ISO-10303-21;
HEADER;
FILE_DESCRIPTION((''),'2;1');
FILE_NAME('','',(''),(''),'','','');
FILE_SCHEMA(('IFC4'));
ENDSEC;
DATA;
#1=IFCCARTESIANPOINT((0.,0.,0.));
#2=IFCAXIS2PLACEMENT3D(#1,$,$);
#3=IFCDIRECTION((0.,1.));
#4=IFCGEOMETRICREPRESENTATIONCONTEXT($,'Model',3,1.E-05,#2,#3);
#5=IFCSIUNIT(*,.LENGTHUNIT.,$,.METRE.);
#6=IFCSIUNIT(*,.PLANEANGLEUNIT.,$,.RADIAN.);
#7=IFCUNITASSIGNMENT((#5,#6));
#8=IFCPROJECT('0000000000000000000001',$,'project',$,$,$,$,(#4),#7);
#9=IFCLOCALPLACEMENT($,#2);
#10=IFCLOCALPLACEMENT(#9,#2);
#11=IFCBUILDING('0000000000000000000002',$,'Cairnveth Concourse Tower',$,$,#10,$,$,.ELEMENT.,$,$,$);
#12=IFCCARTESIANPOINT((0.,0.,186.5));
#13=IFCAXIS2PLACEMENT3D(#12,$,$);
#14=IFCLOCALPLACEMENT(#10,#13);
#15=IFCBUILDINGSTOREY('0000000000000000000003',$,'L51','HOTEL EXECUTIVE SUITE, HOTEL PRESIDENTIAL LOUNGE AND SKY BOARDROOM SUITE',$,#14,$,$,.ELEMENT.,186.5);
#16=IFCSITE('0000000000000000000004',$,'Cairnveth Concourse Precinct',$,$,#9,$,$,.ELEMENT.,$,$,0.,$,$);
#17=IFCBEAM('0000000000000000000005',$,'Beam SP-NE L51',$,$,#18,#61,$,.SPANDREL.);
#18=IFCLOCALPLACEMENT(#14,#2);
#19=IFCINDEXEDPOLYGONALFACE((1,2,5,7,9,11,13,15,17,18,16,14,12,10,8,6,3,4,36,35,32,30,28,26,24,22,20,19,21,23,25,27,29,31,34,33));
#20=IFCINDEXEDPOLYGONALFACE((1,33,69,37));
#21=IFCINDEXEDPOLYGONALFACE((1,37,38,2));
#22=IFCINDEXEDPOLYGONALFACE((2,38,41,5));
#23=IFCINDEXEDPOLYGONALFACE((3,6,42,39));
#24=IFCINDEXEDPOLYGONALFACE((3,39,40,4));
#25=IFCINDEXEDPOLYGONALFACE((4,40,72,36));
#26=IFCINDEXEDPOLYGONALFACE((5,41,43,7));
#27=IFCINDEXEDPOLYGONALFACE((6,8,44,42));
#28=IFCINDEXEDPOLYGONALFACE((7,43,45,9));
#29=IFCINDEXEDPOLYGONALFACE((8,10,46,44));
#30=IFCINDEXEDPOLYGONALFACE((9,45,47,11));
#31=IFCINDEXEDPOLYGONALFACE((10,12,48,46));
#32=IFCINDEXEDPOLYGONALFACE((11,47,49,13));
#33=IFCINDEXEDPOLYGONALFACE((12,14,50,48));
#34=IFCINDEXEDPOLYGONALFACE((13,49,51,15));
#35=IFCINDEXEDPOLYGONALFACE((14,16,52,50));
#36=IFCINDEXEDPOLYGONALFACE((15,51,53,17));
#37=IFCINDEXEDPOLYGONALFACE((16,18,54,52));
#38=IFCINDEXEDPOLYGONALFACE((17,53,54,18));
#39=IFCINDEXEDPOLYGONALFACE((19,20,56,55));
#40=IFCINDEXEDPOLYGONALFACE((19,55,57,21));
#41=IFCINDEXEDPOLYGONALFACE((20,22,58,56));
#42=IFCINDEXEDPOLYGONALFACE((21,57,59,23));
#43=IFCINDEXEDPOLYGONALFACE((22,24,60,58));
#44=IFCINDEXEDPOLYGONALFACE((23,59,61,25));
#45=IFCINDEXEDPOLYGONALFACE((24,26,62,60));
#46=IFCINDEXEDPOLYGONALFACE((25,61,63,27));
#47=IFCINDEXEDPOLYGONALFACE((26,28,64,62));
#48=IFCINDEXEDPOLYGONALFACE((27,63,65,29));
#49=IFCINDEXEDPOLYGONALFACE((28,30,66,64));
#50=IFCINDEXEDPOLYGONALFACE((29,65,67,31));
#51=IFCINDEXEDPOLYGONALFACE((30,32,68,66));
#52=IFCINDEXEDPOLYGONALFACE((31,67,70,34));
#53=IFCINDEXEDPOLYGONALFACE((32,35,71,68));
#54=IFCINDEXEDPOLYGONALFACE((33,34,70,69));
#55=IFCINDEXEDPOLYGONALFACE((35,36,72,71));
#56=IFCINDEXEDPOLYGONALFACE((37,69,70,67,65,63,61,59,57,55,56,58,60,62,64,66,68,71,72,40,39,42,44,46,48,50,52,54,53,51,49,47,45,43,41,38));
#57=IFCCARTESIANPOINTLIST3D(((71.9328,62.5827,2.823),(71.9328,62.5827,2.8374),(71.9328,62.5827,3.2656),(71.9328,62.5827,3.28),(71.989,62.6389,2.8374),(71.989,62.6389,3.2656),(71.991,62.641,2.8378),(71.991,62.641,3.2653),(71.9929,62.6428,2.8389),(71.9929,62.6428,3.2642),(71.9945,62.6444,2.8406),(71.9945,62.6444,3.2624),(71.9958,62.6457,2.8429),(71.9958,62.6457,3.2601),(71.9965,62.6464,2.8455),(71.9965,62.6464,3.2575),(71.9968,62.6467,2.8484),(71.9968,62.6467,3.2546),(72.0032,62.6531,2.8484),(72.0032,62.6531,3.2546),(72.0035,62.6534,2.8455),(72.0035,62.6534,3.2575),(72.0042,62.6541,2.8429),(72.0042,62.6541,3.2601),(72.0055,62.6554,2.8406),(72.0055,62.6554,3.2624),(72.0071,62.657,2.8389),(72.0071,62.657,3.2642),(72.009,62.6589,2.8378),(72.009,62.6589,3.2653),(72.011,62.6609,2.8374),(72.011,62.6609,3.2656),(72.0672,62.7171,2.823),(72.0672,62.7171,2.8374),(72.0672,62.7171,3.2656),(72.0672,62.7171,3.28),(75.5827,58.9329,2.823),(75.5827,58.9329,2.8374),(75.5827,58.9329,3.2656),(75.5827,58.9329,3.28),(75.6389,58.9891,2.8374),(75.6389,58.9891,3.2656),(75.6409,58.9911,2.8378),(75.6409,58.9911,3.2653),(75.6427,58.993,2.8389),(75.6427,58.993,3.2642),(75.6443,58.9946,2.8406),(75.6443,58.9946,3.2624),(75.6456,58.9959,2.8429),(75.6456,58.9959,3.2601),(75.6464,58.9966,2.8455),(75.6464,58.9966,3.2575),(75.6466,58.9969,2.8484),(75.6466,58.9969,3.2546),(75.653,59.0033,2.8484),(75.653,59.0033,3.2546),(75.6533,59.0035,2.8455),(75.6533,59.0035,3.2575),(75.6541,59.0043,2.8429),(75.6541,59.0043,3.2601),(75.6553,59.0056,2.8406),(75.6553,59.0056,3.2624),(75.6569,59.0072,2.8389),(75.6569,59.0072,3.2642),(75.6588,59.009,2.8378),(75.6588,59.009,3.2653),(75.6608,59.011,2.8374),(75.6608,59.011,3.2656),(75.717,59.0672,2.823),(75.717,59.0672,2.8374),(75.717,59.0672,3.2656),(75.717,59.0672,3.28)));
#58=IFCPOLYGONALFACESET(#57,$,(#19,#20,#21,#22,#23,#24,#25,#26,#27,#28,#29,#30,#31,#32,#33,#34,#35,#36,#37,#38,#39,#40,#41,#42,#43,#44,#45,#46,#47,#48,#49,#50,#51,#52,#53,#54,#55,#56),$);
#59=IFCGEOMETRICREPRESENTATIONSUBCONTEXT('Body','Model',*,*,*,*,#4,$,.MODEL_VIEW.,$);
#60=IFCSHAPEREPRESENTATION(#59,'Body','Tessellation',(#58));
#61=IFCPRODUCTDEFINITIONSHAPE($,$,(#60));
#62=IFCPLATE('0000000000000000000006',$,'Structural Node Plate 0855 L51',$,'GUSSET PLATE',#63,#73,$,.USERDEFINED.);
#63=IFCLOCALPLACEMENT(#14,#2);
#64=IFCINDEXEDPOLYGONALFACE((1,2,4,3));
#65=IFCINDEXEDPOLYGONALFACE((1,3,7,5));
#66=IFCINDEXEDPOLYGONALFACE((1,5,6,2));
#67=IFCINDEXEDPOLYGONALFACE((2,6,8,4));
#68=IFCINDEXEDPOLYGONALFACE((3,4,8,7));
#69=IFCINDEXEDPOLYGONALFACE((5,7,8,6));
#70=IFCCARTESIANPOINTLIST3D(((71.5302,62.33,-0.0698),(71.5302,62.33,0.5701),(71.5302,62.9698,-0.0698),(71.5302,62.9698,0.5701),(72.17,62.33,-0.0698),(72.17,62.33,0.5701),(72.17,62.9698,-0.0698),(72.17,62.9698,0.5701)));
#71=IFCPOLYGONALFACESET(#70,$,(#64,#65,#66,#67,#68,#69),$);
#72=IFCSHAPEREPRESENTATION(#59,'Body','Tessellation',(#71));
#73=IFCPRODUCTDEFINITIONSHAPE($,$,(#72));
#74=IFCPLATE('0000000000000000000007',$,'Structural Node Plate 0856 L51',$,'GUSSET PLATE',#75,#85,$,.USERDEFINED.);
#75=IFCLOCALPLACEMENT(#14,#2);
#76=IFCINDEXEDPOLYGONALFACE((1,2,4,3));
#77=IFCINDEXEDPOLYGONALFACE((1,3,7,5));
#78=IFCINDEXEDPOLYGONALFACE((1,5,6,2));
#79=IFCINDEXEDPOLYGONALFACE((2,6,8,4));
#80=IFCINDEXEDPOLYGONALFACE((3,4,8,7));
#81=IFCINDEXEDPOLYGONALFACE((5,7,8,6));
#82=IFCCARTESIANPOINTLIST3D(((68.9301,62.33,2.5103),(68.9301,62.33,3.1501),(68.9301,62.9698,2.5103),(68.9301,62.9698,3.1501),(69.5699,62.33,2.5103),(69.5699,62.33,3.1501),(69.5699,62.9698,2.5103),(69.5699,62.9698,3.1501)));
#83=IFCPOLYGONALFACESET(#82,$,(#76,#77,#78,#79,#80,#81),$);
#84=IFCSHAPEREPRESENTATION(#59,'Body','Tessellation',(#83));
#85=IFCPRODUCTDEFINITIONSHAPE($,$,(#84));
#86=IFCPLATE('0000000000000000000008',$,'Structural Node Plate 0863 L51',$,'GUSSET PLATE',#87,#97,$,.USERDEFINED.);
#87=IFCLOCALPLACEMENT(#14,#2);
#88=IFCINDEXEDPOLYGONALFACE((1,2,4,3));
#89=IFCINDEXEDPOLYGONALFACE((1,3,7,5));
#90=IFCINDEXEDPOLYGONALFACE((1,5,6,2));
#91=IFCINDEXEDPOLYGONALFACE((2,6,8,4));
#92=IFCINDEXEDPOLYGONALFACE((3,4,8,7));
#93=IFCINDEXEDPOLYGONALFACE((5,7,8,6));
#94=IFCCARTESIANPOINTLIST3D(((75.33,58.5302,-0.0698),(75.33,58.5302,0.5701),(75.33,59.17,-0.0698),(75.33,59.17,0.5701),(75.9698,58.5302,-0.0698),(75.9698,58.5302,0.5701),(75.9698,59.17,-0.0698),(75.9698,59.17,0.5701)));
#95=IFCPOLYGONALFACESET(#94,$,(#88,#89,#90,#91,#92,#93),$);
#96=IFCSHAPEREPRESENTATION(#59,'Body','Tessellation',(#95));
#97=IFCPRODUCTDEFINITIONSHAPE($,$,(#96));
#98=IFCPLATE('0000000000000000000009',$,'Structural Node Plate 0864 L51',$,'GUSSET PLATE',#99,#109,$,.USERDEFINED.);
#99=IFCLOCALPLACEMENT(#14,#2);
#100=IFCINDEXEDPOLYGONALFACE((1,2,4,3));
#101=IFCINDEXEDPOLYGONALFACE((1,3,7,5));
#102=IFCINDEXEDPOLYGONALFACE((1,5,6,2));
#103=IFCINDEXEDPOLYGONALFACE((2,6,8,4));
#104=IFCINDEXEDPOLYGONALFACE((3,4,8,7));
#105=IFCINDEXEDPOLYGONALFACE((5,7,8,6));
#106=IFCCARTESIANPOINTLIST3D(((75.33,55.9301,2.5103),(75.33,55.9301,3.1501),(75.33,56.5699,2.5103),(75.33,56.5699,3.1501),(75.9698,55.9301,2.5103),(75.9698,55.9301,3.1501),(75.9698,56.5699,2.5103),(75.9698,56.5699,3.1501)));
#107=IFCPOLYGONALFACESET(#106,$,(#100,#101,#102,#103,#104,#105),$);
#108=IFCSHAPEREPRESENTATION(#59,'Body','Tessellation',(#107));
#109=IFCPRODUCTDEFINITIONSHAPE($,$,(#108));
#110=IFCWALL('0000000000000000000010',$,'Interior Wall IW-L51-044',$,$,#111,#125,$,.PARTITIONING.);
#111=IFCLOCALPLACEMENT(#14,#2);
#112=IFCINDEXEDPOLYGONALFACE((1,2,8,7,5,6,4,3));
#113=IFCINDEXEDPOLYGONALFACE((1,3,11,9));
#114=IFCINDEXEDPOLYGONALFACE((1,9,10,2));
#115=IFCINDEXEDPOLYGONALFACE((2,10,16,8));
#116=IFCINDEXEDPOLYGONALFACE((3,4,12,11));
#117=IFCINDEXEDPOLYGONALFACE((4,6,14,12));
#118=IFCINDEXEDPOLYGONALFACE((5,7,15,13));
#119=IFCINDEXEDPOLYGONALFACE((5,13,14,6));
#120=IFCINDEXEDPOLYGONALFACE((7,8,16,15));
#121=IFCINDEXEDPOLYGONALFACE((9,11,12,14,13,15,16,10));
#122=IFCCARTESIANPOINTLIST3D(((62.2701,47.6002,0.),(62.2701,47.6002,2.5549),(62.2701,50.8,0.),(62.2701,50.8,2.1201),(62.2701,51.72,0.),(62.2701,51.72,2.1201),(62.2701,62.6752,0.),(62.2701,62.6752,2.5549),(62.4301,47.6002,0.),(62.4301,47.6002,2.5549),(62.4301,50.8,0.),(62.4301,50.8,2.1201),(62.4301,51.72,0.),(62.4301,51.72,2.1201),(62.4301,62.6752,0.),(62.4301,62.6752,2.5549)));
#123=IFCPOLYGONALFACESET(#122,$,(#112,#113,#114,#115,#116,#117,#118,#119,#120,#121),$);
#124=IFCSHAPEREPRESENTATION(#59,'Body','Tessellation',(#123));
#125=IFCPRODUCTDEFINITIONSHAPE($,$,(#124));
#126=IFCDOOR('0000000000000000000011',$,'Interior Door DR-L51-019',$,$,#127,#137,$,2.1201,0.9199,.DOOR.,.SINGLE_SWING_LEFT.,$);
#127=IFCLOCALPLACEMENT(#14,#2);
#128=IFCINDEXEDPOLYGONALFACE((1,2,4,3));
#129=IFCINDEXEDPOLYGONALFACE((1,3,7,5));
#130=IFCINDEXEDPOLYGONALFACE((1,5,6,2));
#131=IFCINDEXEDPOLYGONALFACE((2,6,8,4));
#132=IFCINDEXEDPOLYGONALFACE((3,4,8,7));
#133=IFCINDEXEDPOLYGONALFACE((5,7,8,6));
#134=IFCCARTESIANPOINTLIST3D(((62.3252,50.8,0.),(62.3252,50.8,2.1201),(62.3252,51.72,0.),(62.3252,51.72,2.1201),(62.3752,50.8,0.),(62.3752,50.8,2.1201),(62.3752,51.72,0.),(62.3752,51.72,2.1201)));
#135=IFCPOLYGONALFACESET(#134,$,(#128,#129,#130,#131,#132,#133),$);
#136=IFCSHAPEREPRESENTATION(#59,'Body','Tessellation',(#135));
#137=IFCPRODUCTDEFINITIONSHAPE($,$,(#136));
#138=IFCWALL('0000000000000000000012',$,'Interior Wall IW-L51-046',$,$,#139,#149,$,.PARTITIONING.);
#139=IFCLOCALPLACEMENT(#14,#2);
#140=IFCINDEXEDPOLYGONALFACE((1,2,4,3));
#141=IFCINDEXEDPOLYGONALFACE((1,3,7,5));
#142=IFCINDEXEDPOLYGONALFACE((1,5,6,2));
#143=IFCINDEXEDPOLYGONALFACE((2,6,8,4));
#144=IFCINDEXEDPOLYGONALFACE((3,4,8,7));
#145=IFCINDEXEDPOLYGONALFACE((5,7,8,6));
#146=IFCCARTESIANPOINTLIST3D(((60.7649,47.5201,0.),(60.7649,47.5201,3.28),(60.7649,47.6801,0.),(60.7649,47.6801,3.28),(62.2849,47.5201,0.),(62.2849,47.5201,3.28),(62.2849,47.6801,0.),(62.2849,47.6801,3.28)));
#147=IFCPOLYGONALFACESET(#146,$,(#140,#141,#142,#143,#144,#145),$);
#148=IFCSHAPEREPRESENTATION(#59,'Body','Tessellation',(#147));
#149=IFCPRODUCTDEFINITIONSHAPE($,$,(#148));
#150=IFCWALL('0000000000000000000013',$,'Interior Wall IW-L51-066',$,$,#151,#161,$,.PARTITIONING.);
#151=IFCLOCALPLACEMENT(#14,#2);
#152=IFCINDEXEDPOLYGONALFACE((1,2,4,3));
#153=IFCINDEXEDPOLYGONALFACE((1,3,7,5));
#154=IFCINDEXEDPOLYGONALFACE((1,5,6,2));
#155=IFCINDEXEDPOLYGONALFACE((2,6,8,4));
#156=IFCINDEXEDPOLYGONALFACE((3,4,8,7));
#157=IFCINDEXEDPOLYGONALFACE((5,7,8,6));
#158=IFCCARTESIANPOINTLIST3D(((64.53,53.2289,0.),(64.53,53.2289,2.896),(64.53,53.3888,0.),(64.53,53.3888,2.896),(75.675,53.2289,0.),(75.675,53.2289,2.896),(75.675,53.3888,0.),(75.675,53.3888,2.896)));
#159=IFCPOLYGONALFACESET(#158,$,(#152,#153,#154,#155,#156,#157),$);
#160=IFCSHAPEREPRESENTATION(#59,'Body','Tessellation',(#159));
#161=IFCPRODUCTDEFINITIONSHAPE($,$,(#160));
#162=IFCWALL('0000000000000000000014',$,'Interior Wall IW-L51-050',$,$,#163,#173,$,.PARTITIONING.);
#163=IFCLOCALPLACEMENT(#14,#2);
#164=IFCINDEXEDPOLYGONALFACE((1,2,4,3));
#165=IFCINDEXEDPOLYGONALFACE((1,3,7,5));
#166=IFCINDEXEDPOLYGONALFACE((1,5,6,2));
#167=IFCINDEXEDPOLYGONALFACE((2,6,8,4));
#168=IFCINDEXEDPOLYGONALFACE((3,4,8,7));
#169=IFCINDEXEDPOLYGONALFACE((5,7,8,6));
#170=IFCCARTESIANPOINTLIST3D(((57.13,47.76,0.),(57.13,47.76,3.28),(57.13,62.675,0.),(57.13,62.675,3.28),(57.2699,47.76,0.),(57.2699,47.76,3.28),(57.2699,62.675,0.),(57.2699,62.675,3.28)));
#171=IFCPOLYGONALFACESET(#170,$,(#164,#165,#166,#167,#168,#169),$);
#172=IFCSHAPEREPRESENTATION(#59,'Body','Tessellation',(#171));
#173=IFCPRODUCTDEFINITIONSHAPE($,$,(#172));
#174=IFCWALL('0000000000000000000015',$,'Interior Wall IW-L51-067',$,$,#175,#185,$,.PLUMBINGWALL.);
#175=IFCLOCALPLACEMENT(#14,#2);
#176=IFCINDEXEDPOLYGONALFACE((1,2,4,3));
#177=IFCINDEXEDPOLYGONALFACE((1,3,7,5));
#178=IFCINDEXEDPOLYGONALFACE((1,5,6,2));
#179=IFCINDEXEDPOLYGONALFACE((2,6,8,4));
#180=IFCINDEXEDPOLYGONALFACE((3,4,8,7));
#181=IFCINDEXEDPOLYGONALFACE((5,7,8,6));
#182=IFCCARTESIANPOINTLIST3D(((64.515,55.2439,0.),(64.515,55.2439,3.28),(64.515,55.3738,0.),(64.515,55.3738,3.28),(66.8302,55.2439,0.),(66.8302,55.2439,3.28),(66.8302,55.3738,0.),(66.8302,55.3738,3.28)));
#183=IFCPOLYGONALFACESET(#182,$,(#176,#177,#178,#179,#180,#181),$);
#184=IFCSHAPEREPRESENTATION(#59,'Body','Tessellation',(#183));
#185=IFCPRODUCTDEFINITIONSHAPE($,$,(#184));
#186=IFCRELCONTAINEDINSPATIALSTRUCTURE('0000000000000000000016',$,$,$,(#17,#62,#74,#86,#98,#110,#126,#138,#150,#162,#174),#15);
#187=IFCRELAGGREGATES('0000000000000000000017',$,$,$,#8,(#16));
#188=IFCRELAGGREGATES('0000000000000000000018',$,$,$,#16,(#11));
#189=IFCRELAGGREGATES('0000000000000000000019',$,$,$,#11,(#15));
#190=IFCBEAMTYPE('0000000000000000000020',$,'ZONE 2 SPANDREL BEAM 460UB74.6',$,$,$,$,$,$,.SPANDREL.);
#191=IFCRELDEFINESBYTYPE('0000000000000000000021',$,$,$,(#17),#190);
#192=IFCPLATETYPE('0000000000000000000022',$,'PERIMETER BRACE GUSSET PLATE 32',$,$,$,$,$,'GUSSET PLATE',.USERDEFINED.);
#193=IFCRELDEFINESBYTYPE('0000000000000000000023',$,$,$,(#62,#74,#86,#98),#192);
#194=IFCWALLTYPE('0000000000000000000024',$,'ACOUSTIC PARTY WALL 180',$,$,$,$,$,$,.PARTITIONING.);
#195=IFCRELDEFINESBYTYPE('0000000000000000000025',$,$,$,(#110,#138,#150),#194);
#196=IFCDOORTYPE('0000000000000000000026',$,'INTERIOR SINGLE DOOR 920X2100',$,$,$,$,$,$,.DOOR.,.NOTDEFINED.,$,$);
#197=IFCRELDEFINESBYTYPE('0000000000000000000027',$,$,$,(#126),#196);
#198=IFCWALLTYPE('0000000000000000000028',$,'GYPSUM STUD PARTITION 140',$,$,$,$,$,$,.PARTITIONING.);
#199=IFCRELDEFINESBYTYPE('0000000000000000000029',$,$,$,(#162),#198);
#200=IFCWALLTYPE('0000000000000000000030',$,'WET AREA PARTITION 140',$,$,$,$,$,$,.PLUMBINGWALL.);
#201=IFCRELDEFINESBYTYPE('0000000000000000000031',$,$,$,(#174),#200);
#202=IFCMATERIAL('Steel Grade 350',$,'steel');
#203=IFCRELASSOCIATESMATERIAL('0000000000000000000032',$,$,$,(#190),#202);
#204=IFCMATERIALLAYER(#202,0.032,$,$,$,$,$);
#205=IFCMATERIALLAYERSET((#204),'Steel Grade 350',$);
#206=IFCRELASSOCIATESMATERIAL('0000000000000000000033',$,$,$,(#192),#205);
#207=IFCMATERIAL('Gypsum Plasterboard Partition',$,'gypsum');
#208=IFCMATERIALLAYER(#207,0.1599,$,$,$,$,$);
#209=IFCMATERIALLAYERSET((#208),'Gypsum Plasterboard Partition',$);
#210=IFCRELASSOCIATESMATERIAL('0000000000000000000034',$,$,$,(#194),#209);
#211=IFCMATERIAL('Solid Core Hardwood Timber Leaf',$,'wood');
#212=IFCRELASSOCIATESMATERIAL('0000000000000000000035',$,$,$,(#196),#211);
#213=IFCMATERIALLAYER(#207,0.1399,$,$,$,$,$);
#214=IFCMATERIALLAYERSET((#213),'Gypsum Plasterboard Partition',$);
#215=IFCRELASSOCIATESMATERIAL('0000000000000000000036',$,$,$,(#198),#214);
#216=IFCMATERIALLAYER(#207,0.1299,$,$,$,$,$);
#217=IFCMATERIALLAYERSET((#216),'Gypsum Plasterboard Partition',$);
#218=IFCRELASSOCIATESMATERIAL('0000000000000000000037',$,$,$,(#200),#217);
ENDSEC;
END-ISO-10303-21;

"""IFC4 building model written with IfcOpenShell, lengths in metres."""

from ifc_helpers import new_model, si_unit, direction, frame, frame_2d, origin, origin_2d, place, context, subcontext, project, spatial, rectangle, i_section, extrude, material, layer, layer_set, material_profile, profile_set, type_object, element, fill, save


model = new_model("IFC4")

# Units and contexts
model_context = context("Model", 3, precision=1e-05, world=origin(), true_north=direction((0.0, 1.0)))
body_context = subcontext(model_context, "Body", "Model", "MODEL_VIEW")
ifc_project = project(units=[si_unit("LENGTHUNIT", "METRE"), si_unit("PLANEANGLEUNIT", "RADIAN")], contexts=[model_context])

# Site, building, storey
site_placement = place(None, origin())
site = spatial("IfcSite", under=ifc_project, at=site_placement, Name="Cairnveth Concourse Precinct", CompositionType="ELEMENT", RefElevation=0.0)
building_placement = place(site_placement, origin())
building = spatial("IfcBuilding", under=site, at=building_placement, Name="Cairnveth Concourse Tower", CompositionType="ELEMENT")
storey_placement = place(building_placement, frame((0.0, 0.0, 186.5)))
storey = spatial("IfcBuildingStorey", under=building, at=storey_placement, Name="L51", Description="HOTEL EXECUTIVE SUITE, HOTEL PRESIDENTIAL LOUNGE AND SKY BOARDROOM SUITE", CompositionType="ELEMENT", Elevation=186.5)

# Shared definitions
ifc_material_1 = material(Name="Steel Grade 350", Category="steel")

# Beam
ifc_material_profile_1 = material_profile(ifc_material_1, i_section(OverallWidth=0.1899, OverallDepth=0.457, WebThickness=0.009, FlangeThickness=0.0144, FilletRadius=0.011, at=origin_2d()), Name="460UB74.6")
ifc_profile_set_1 = profile_set([ifc_material_profile_1], Name="Steel Grade 350")
beam_type_1 = type_object("IfcBeamType", Name="ZONE 2 SPANDREL BEAM 460UB74.6", PredefinedType="SPANDREL", material=ifc_profile_set_1)
beam_1_placement = place(storey_placement, frame((72.0, 62.6499, 3.0515), z_axis=(0.707107, -0.707107, 0.0), x_axis=(0.707107, 0.707107, 0.0)))
element("IfcBeam", 1, at=beam_1_placement, inside=storey, type_object=beam_type_1, Name="Beam SP-NE L51", PredefinedType="SPANDREL", context=body_context, shape_type="SweptSolid", body=[
    extrude(i_section(OverallWidth=0.1899, OverallDepth=0.457, WebThickness=0.009, FlangeThickness=0.0144, FilletRadius=0.011, at=origin_2d()), origin(), (0.0, 0.0, 1.0), 5.1616),
])

# Plates
ifc_layer_1 = layer(ifc_material_1, 0.032)
ifc_layer_set_1 = layer_set([ifc_layer_1], Name="Steel Grade 350")
plate_type = type_object("IfcPlateType", Name="PERIMETER BRACE GUSSET PLATE 32", ElementType="GUSSET PLATE", PredefinedType="USERDEFINED", material=ifc_layer_set_1)
for number, where, z_axis, x_axis, name in (
    (2, (71.8501, 62.6499, -0.0698), (0.0, 0.0, 1.0), (1.0, 0.0, 0.0), "Structural Node Plate 0855 L51"),
    (3, (69.25, 62.6499, 2.5103), (0.0, 0.0, 1.0), (1.0, 0.0, 0.0), "Structural Node Plate 0856 L51"),
    (4, (75.6499, 58.8501, -0.0698), (0.0, 0.0, 1.0), (1.0, 0.0, 0.0), "Structural Node Plate 0863 L51"),
    (5, (75.6499, 56.25, 2.5103), (0.0, 0.0, 1.0), (1.0, 0.0, 0.0), "Structural Node Plate 0864 L51"),
):
    element("IfcPlate", number, at=place(storey_placement, frame(where, z_axis=z_axis, x_axis=x_axis)), inside=storey, type_object=plate_type, Name=name, ObjectType="GUSSET PLATE", PredefinedType="USERDEFINED", context=body_context, shape_type="SweptSolid", body=[
        extrude(rectangle(XDim=0.6399, YDim=0.6399, at=origin_2d()), origin(), (0.0, 0.0, 1.0), 0.6399),
    ])

# Wall, opening, door
ifc_material_2 = material(Name="Gypsum Plasterboard Partition", Category="gypsum")
ifc_layer_2 = layer(ifc_material_2, 0.1599)
ifc_layer_set_2 = layer_set([ifc_layer_2], Name="Gypsum Plasterboard Partition")
wall_type_1 = type_object("IfcWallType", Name="ACOUSTIC PARTY WALL 180", PredefinedType="PARTITIONING", material=ifc_layer_set_2)
wall_1_placement = place(storey_placement, frame((62.3501, 47.6001, 0.0), z_axis=(0.0, 0.0, 1.0), x_axis=(0.0, 1.0, 0.0)))
wall_1 = element("IfcWall", 6, at=wall_1_placement, inside=storey, type_object=wall_type_1, Name="Interior Wall IW-L51-044", PredefinedType="PARTITIONING", context=body_context, shape_type="SweptSolid", body=[
    extrude(rectangle(XDim=15.075, YDim=0.1599, at=frame_2d((7.5376, 0.0))), origin(), (0.0, 0.0, 1.0), 2.5549),
])
opening_1_placement = place(wall_1_placement, frame((3.2, 0.0, 0.0)))
opening_1 = element("IfcOpeningElement", 7, at=opening_1_placement, cuts=wall_1, PredefinedType="OPENING", context=body_context, shape_type="SweptSolid", body=[
    extrude(rectangle(XDim=0.9199, YDim=2.1201, at=frame_2d((0.46, 1.0601))), frame((0.0, 0.0898, 0.0), z_axis=(0.0, -1.0, 0.0), x_axis=(1.0, 0.0, 0.0)), (0.0, 0.0, 1.0), 0.1799),
])
ifc_material_3 = material(Name="Solid Core Hardwood Timber Leaf", Category="wood")
door_type_1 = type_object("IfcDoorType", Name="INTERIOR SINGLE DOOR 920X2100", OperationType="NOTDEFINED", PredefinedType="DOOR", material=ifc_material_3)
door_1_placement = place(opening_1_placement, origin())
door_1 = element("IfcDoor", 8, at=door_1_placement, inside=storey, type_object=door_type_1, Name="Interior Door DR-L51-019", OperationType="SINGLE_SWING_LEFT", OverallHeight=2.1201, OverallWidth=0.9199, PredefinedType="DOOR", context=body_context, shape_type="SweptSolid", body=[
    extrude(rectangle(XDim=0.9199, YDim=2.1201, at=frame_2d((0.46, 1.0601))), frame((0.0, 0.0249, 0.0), z_axis=(0.0, -1.0, 0.0), x_axis=(1.0, 0.0, 0.0)), (0.0, 0.0, 1.0), 0.05),
])
fill(opening_1, door_1)

# Walls
wall_2_placement = place(storey_placement, frame((60.7649, 47.6001, 0.0), z_axis=(0.0, 0.0, 1.0), x_axis=(1.0, 0.0, 0.0)))
element("IfcWall", 9, at=wall_2_placement, inside=storey, type_object=wall_type_1, Name="Interior Wall IW-L51-046", PredefinedType="PARTITIONING", context=body_context, shape_type="SweptSolid", body=[
    extrude(rectangle(XDim=1.52, YDim=0.1599, at=frame_2d((0.76, 0.0))), origin(), (0.0, 0.0, 1.0), 3.28),
])
wall_3_placement = place(storey_placement, frame((64.53, 53.3088, 0.0), z_axis=(0.0, 0.0, 1.0), x_axis=(1.0, 0.0, 0.0)))
element("IfcWall", 10, at=wall_3_placement, inside=storey, type_object=wall_type_1, Name="Interior Wall IW-L51-066", PredefinedType="PARTITIONING", context=body_context, shape_type="SweptSolid", body=[
    extrude(rectangle(XDim=11.145, YDim=0.1599, at=frame_2d((5.5725, 0.0))), origin(), (0.0, 0.0, 1.0), 2.896),
])
ifc_layer_3 = layer(ifc_material_2, 0.1399)
ifc_layer_set_3 = layer_set([ifc_layer_3], Name="Gypsum Plasterboard Partition")
wall_type_2 = type_object("IfcWallType", Name="GYPSUM STUD PARTITION 140", PredefinedType="PARTITIONING", material=ifc_layer_set_3)
wall_4_placement = place(storey_placement, frame((57.2, 47.76, 0.0), z_axis=(0.0, 0.0, 1.0), x_axis=(0.0, 1.0, 0.0)))
element("IfcWall", 11, at=wall_4_placement, inside=storey, type_object=wall_type_2, Name="Interior Wall IW-L51-050", PredefinedType="PARTITIONING", context=body_context, shape_type="SweptSolid", body=[
    extrude(rectangle(XDim=14.915, YDim=0.1399, at=frame_2d((7.4575, 0.0))), origin(), (0.0, 0.0, 1.0), 3.28),
])
ifc_layer_4 = layer(ifc_material_2, 0.1299)
ifc_layer_set_4 = layer_set([ifc_layer_4], Name="Gypsum Plasterboard Partition")
wall_type_3 = type_object("IfcWallType", Name="WET AREA PARTITION 140", PredefinedType="PLUMBINGWALL", material=ifc_layer_set_4)
wall_5_placement = place(storey_placement, frame((64.5149, 55.3088, 0.0), z_axis=(0.0, 0.0, 1.0), x_axis=(1.0, 0.0, 0.0)))
element("IfcWall", 12, at=wall_5_placement, inside=storey, type_object=wall_type_3, Name="Interior Wall IW-L51-067", PredefinedType="PLUMBINGWALL", context=body_context, shape_type="SweptSolid", body=[
    extrude(rectangle(XDim=2.3152, YDim=0.1299, at=frame_2d((1.1577, 0.0))), origin(), (0.0, 0.0, 1.0), 3.28),
])

save(model, "model.ifc")
